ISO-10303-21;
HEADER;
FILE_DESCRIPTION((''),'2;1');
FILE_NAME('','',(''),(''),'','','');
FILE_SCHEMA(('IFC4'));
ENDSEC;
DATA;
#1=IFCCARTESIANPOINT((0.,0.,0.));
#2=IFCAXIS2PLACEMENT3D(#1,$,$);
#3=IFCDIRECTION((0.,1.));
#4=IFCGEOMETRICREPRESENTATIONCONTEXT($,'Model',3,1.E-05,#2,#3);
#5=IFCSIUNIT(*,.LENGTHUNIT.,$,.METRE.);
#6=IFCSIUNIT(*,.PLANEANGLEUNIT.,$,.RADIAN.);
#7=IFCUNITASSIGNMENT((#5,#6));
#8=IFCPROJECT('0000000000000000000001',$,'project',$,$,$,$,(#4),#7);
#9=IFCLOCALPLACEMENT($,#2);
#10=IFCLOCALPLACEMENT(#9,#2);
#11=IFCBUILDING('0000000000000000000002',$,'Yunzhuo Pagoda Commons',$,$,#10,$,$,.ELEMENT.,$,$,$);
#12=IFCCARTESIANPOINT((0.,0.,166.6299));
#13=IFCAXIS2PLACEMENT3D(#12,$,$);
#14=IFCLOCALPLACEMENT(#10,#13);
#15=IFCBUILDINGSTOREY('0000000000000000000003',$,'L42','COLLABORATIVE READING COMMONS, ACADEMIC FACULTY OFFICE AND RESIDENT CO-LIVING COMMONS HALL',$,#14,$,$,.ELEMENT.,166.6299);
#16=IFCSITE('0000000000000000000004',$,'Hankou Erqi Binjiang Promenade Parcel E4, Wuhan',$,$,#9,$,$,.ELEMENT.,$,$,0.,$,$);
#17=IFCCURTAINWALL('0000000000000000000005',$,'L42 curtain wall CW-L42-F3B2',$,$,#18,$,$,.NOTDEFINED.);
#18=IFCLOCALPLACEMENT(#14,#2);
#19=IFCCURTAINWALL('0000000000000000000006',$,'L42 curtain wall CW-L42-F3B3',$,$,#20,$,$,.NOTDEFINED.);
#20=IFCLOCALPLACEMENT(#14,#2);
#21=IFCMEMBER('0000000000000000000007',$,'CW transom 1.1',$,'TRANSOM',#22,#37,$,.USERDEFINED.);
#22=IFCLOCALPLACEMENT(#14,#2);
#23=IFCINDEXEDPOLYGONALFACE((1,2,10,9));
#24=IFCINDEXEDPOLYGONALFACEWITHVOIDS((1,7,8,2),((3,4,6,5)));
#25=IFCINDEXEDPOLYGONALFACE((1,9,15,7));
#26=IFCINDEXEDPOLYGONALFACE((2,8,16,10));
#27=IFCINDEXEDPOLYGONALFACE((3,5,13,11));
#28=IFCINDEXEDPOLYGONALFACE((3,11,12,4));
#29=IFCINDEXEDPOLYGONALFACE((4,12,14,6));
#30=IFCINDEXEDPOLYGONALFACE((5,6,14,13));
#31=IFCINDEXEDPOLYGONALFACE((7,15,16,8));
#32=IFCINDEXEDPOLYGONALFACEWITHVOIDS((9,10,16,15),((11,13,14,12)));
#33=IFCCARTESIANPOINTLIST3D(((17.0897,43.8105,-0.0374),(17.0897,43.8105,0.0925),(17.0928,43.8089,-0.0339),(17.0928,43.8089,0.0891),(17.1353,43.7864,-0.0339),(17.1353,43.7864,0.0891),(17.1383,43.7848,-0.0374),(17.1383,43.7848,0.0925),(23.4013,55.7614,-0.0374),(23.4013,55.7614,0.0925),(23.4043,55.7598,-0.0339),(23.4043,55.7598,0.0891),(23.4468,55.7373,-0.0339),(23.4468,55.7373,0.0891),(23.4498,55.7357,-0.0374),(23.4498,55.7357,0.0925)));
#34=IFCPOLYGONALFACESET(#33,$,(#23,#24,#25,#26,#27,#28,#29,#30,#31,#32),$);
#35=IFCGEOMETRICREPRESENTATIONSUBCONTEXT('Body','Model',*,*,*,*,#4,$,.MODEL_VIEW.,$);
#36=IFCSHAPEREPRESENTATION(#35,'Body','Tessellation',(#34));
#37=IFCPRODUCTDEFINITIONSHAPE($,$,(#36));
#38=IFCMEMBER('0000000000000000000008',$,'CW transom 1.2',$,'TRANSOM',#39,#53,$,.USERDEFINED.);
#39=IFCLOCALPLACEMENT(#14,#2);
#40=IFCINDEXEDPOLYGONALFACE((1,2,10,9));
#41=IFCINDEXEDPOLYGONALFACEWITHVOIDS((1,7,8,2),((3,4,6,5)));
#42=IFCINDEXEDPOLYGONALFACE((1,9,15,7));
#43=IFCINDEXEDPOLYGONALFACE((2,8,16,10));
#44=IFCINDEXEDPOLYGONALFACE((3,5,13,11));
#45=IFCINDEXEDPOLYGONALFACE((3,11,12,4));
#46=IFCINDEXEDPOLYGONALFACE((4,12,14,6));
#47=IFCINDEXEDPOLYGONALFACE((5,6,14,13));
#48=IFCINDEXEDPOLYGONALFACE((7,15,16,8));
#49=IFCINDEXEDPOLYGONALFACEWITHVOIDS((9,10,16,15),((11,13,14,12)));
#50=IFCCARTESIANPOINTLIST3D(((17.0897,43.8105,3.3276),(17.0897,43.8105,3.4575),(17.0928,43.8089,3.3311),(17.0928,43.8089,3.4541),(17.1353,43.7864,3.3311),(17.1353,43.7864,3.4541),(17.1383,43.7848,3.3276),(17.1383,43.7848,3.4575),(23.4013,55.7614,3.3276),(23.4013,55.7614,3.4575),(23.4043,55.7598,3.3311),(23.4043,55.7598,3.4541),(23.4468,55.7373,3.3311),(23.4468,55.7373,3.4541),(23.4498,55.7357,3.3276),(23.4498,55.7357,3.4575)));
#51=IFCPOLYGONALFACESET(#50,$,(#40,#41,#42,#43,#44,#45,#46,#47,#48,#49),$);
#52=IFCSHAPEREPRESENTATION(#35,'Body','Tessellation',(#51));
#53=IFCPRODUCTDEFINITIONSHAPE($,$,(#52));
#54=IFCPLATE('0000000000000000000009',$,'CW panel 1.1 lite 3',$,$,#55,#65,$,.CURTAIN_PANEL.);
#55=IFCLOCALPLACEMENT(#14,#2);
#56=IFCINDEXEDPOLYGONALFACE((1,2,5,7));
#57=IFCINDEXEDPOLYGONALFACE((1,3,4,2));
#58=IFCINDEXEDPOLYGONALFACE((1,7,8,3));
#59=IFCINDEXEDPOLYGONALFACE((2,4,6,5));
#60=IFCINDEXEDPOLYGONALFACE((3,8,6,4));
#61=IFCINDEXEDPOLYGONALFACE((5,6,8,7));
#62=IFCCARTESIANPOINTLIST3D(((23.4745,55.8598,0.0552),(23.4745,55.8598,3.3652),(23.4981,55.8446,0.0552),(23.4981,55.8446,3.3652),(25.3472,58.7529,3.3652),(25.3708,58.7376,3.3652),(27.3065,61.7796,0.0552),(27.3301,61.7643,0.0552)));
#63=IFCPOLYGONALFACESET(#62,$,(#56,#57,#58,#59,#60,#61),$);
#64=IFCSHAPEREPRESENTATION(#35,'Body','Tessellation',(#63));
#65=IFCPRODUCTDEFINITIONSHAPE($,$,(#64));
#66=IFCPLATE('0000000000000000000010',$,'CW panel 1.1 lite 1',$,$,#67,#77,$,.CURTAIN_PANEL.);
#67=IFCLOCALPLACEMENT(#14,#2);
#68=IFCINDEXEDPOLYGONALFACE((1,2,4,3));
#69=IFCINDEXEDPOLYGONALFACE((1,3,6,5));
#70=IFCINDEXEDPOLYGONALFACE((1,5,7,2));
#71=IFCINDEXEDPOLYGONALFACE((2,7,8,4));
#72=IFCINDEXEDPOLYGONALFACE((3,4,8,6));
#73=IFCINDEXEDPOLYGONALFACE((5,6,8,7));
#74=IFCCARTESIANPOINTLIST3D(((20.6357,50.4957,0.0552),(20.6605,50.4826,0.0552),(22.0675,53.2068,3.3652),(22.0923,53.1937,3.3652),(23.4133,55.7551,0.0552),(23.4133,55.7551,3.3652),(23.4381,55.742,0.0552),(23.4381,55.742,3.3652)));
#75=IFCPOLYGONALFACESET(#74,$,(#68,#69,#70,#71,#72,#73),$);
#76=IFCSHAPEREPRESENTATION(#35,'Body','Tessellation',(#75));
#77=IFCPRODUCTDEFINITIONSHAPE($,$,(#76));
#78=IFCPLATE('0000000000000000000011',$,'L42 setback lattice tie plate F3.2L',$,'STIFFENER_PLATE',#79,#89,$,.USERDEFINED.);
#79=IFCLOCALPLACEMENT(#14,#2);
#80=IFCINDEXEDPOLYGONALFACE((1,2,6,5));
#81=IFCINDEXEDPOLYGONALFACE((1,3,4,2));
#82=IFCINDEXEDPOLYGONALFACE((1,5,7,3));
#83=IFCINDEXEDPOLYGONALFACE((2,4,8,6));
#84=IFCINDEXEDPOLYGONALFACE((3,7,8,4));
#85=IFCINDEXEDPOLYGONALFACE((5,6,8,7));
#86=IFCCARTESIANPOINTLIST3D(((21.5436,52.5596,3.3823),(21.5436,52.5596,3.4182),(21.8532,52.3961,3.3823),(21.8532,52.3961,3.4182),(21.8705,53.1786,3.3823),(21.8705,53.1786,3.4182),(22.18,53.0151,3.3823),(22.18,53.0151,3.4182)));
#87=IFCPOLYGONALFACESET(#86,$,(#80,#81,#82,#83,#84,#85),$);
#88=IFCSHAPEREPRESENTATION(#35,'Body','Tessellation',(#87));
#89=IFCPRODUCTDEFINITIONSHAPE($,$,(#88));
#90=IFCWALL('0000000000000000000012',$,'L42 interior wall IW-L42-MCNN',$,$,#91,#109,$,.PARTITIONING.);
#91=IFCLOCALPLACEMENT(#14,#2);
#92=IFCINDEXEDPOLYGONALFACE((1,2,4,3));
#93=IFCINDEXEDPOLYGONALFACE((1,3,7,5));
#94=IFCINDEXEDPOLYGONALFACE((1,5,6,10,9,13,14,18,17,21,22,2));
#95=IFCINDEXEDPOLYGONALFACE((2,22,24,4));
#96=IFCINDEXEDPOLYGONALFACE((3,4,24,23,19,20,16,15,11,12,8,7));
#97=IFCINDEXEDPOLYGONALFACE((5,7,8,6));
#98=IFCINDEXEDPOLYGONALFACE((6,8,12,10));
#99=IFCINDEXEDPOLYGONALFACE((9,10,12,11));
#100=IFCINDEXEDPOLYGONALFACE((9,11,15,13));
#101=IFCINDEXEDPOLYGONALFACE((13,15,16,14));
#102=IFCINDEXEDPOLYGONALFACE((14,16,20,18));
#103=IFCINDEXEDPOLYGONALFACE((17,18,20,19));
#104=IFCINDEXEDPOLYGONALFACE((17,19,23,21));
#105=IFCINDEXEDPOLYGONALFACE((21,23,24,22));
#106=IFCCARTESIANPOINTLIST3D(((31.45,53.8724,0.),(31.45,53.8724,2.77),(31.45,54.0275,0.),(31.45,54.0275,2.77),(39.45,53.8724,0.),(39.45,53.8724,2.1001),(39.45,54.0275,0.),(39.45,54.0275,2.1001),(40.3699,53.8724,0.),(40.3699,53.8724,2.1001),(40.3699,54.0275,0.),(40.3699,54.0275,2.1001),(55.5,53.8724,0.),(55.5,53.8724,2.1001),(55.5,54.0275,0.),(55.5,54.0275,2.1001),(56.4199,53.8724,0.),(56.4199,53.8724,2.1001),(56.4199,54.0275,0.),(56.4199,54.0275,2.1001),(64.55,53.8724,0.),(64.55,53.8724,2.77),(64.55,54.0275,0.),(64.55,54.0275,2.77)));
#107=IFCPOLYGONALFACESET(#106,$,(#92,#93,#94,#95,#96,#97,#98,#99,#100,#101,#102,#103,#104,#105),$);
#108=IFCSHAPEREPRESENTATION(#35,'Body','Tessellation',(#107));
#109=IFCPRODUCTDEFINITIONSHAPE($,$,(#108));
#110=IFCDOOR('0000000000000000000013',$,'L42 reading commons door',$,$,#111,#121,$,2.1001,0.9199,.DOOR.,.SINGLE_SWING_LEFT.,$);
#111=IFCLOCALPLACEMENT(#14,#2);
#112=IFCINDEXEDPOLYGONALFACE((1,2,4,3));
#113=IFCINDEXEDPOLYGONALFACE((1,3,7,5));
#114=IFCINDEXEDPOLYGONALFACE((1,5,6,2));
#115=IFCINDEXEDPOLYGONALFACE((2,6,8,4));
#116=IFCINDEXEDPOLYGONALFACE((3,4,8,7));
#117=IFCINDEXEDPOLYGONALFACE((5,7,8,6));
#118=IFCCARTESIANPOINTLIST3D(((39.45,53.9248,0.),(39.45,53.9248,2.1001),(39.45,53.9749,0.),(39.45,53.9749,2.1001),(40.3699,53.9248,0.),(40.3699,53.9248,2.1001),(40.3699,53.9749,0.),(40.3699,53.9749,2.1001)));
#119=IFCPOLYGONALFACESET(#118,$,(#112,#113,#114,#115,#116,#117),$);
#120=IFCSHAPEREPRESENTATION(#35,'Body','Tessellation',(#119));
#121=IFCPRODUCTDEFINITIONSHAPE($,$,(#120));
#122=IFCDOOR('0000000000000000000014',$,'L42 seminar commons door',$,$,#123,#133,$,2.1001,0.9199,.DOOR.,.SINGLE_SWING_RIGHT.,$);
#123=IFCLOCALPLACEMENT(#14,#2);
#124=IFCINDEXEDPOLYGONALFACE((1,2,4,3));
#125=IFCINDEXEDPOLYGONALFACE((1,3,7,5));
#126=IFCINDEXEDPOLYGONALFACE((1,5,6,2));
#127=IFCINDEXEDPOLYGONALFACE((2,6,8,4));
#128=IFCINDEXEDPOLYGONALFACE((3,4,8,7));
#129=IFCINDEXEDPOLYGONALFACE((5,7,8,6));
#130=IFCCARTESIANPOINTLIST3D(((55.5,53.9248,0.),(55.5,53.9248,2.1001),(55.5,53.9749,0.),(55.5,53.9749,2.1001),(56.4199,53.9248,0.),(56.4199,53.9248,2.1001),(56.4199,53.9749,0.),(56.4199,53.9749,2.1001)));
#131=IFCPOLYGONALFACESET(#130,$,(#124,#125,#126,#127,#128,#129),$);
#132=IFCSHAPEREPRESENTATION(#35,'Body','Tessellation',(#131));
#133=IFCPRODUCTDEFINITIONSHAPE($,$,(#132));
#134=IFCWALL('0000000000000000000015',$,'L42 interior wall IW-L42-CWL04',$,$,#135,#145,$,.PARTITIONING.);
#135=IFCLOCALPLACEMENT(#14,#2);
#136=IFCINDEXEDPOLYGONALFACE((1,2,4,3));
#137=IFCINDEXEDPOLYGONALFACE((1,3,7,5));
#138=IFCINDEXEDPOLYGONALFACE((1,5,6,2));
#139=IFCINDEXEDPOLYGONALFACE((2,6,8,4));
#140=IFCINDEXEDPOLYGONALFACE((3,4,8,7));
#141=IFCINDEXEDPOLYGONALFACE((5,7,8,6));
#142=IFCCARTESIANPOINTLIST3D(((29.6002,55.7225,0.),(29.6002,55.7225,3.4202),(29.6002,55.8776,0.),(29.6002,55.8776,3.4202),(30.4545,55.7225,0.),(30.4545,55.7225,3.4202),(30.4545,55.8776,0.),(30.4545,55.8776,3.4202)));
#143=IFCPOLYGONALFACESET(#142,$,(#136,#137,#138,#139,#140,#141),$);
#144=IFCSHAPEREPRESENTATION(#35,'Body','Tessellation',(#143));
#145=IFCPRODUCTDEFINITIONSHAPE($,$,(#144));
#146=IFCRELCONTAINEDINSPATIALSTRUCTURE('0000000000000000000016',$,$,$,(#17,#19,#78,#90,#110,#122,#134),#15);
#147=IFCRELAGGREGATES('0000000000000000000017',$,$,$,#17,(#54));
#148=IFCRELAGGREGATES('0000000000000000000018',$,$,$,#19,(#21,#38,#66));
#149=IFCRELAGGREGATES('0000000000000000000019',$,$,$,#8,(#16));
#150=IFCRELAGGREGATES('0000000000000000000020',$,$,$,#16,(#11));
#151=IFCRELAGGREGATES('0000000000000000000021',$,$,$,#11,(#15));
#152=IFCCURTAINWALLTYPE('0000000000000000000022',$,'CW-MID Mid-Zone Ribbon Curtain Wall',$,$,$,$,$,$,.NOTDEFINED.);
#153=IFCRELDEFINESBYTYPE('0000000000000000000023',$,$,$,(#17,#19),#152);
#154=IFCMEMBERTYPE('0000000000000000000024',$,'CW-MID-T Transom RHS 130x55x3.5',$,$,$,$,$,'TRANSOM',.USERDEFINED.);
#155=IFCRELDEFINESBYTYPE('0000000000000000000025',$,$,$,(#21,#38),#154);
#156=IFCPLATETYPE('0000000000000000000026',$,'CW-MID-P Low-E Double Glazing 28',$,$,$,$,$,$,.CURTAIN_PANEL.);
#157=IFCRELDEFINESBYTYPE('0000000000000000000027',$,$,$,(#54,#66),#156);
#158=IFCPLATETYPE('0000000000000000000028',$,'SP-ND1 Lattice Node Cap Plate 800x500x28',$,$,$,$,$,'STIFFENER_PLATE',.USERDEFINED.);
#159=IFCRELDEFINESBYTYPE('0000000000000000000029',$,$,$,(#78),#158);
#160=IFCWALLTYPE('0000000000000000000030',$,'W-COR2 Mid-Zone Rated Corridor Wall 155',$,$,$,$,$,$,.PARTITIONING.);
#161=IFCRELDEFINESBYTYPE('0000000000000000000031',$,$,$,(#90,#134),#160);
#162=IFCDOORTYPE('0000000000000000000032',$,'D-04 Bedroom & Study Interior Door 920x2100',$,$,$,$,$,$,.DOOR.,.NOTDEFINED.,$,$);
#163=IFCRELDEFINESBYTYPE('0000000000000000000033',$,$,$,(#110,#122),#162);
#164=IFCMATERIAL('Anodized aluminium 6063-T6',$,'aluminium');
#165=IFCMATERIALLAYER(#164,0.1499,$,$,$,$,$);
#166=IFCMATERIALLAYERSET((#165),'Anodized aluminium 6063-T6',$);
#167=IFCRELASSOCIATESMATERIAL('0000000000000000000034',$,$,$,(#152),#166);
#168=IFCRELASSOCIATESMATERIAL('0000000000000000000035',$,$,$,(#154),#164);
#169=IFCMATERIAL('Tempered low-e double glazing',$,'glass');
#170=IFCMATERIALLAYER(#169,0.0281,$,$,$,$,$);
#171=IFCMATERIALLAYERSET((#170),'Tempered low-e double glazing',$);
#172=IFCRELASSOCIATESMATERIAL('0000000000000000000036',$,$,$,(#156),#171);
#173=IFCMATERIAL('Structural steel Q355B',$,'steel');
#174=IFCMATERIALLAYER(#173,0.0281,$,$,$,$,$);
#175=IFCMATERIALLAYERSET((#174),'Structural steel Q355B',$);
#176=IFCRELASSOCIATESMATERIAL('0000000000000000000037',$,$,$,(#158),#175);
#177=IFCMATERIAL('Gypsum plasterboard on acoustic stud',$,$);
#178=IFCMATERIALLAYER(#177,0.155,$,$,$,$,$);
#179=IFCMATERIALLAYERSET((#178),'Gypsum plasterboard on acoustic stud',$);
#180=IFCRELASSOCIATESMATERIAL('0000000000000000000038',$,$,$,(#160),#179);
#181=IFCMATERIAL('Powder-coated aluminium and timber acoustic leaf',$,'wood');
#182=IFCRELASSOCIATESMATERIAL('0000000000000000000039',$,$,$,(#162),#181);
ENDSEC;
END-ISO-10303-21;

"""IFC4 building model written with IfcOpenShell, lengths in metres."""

from ifc_helpers import new_model, si_unit, direction, frame, frame_2d, origin, origin_with_axes, origin_2d, place, context, subcontext, project, spatial, polyline, rectangle, hollow_rectangle, outline, extrude, source, transform, mapped, material, layer, layer_set, material_profile, profile_set, type_object, element, fill, aggregate, save


model = new_model("IFC4")

# Units and contexts
model_context = context("Model", 3, precision=1e-05, world=origin(), true_north=direction((0.0, 1.0)))
body_context = subcontext(model_context, "Body", "Model", "MODEL_VIEW")
ifc_project = project(units=[si_unit("LENGTHUNIT", "METRE"), si_unit("PLANEANGLEUNIT", "RADIAN")], contexts=[model_context])

# Site, building, storey
site_placement = place(None, origin())
site = spatial("IfcSite", under=ifc_project, at=site_placement, Name="Hankou Erqi Binjiang Promenade Parcel E4, Wuhan", CompositionType="ELEMENT", RefElevation=0.0)
building_placement = place(site_placement, origin())
building = spatial("IfcBuilding", under=site, at=building_placement, Name="Yunzhuo Pagoda Commons", CompositionType="ELEMENT")
storey_placement = place(building_placement, frame((0.0, 0.0, 166.6299)))
storey = spatial("IfcBuildingStorey", under=building, at=storey_placement, Name="L42", Description="COLLABORATIVE READING COMMONS, ACADEMIC FACULTY OFFICE AND RESIDENT CO-LIVING COMMONS HALL", CompositionType="ELEMENT", Elevation=166.6299)

# Shared definitions
ifc_material_1 = material(Name="Structural steel Q355B", Category="steel")

# Curtain wall
ifc_material_2 = material(Name="Anodized aluminium 6063-T6", Category="aluminium")
ifc_layer_1 = layer(ifc_material_2, 0.1499)
ifc_layer_set_1 = layer_set([ifc_layer_1], Name="Anodized aluminium 6063-T6")
curtain_wall_type = type_object("IfcCurtainWallType", Name="CW-MID Mid-Zone Ribbon Curtain Wall", PredefinedType="NOTDEFINED", material=ifc_layer_set_1)
curtain_wall_1_placement = place(storey_placement, origin())
curtain_wall_1 = element("IfcCurtainWall", 1, at=curtain_wall_1_placement, inside=storey, type_object=curtain_wall_type, Name="L42 curtain wall CW-L42-F3B2", PredefinedType="NOTDEFINED")

# Curtain wall, members
curtain_wall_2_placement = place(storey_placement, origin())
curtain_wall_2 = element("IfcCurtainWall", 2, at=curtain_wall_2_placement, inside=storey, type_object=curtain_wall_type, Name="L42 curtain wall CW-L42-F3B3", PredefinedType="NOTDEFINED")
ifc_material_profile_1 = material_profile(ifc_material_2, hollow_rectangle(XDim=0.0549, YDim=0.1299, WallThickness=0.0034, at=origin_2d()), Name="Anodized aluminium 6063-T6")
ifc_profile_set_1 = profile_set([ifc_material_profile_1], Name="Anodized aluminium 6063-T6")
member_type_1 = type_object("IfcMemberType", Name="CW-MID-T Transom RHS 130x55x3.5", ElementType="TRANSOM", PredefinedType="USERDEFINED", material=ifc_profile_set_1)
shared_shape_1 = source(origin(), body_context, "Body", "SweptSolid", [
    extrude(hollow_rectangle(XDim=0.0549, YDim=0.1299, WallThickness=0.0034, at=origin_2d()), origin(), (0.0, 0.0, 1.0), 13.5151),
])
member_1_placement = place(storey_placement, frame((23.4255, 55.7485, 0.0276), z_axis=(-0.466995, -0.88426, 0.0), x_axis=(0.88426, -0.466995, 0.0)))
member_1 = element("IfcMember", 3, at=member_1_placement, type_object=member_type_1, Name="CW transom 1.1", ObjectType="TRANSOM", PredefinedType="USERDEFINED", context=body_context, shape_type="MappedRepresentation", body=[
    mapped(shared_shape_1, transform((0.0, 0.0, 0.0), scale=1.0)),
])
member_2_placement = place(storey_placement, frame((23.4255, 55.7485, 3.3926), z_axis=(-0.466995, -0.88426, 0.0), x_axis=(0.88426, -0.466995, 0.0)))
member_2 = element("IfcMember", 4, at=member_2_placement, type_object=member_type_1, Name="CW transom 1.2", ObjectType="TRANSOM", PredefinedType="USERDEFINED", context=body_context, shape_type="MappedRepresentation", body=[
    mapped(shared_shape_1, transform((0.0, 0.0, 0.0), scale=1.0)),
])

# Plates
ifc_material_3 = material(Name="Tempered low-e double glazing", Category="glass")
ifc_layer_2 = layer(ifc_material_3, 0.0281)
ifc_layer_set_2 = layer_set([ifc_layer_2], Name="Tempered low-e double glazing")
plate_type_1 = type_object("IfcPlateType", Name="CW-MID-P Low-E Double Glazing 28", PredefinedType="CURTAIN_PANEL", material=ifc_layer_set_2)
plate_1_placement = place(storey_placement, frame((25.4141, 58.8044, 1.7102), z_axis=(-0.839466, 0.543412, 0.0), x_axis=(-0.543412, -0.839466, 0.0)))
plate_1 = element("IfcPlate", 5, at=plate_1_placement, type_object=plate_type_1, Name="CW panel 1.1 lite 3", PredefinedType="CURTAIN_PANEL", context=body_context, shape_type="SweptSolid", body=[
    extrude(outline(polyline([(-3.5259, -1.655), (3.5259, -1.655), (3.5259, 1.655), (0.0796, 1.655), (-3.5259, -1.655)])), origin(), (0.0, 0.0, 1.0), 0.0281),
])
aggregate(curtain_wall_1, [plate_1])
plate_2_placement = place(storey_placement, frame((22.0493, 53.1123, 1.7102), z_axis=(-0.884263, 0.46699, 0.0), x_axis=(-0.46699, -0.884263, 0.0)))
plate_2 = element("IfcPlate", 6, at=plate_2_placement, type_object=plate_type_1, Name="CW panel 1.1 lite 1", PredefinedType="CURTAIN_PANEL", context=body_context, shape_type="SweptSolid", body=[
    extrude(outline(polyline([(-2.9739, -1.655), (2.9739, -1.655), (-0.092, 1.655), (-2.9739, 1.655), (-2.9739, -1.655)])), origin(), (0.0, 0.0, 1.0), 0.0281),
])
aggregate(curtain_wall_2, [member_1, member_2, plate_2])
ifc_layer_3 = layer(ifc_material_1, 0.0281)
ifc_layer_set_3 = layer_set([ifc_layer_3], Name="Structural steel Q355B")
plate_type_2 = type_object("IfcPlateType", Name="SP-ND1 Lattice Node Cap Plate 800x500x28", ElementType="STIFFENER_PLATE", PredefinedType="USERDEFINED", material=ifc_layer_set_3)
shared_shape_2 = source(origin(), body_context, "Body", "SweptSolid", [
    extrude(rectangle(XDim=0.7, YDim=0.3501, at=origin_2d()), origin(), (0.0, 0.0, 1.0), 0.0359),
])
plate_3_placement = place(storey_placement, frame((21.8618, 52.7874, 3.3823), z_axis=(0.0, 0.0, 1.0), x_axis=(-0.466989, -0.884263, 0.0)))
element("IfcPlate", 7, at=plate_3_placement, inside=storey, type_object=plate_type_2, Name="L42 setback lattice tie plate F3.2L", ObjectType="STIFFENER_PLATE", PredefinedType="USERDEFINED", context=body_context, shape_type="MappedRepresentation", body=[
    mapped(shared_shape_2, transform((0.0, 0.0, 0.0), scale=1.0)),
])

# Wall, openings, doors
ifc_material_4 = material(Name="Gypsum plasterboard on acoustic stud")
ifc_layer_4 = layer(ifc_material_4, 0.155)
ifc_layer_set_4 = layer_set([ifc_layer_4], Name="Gypsum plasterboard on acoustic stud")
wall_type_1 = type_object("IfcWallType", Name="W-COR2 Mid-Zone Rated Corridor Wall 155", PredefinedType="PARTITIONING", material=ifc_layer_set_4)
wall_1_placement = place(storey_placement, frame((31.45, 53.95, 0.0), z_axis=(0.0, 0.0, 1.0), x_axis=(1.0, 0.0, 0.0)))
wall_1 = element("IfcWall", 8, at=wall_1_placement, inside=storey, type_object=wall_type_1, Name="L42 interior wall IW-L42-MCNN", PredefinedType="PARTITIONING", context=body_context, shape_type="SweptSolid", body=[
    extrude(rectangle(XDim=33.1001, YDim=0.155, at=frame_2d((16.55, 0.0))), origin(), (0.0, 0.0, 1.0), 2.77),
])
opening_1_placement = place(wall_1_placement, frame((8.0, 0.0, 0.0)))
opening_1 = element("IfcOpeningElement", 9, at=opening_1_placement, cuts=wall_1, PredefinedType="OPENING", context=body_context, shape_type="SweptSolid", body=[
    extrude(rectangle(XDim=0.9199, YDim=2.1001, at=frame_2d((0.46, 1.05))), frame((0.0, 0.0874, 0.0), z_axis=(0.0, -1.0, 0.0), x_axis=(1.0, 0.0, 0.0)), (0.0, 0.0, 1.0), 0.175),
])
opening_2_placement = place(wall_1_placement, frame((24.05, 0.0, 0.0)))
opening_2 = element("IfcOpeningElement", 10, at=opening_2_placement, cuts=wall_1, PredefinedType="OPENING", context=body_context, shape_type="SweptSolid", body=[
    extrude(rectangle(XDim=0.9199, YDim=2.1001, at=frame_2d((0.46, 1.05))), frame((0.0, 0.0874, 0.0), z_axis=(0.0, -1.0, 0.0), x_axis=(1.0, 0.0, 0.0)), (0.0, 0.0, 1.0), 0.175),
])
ifc_material_5 = material(Name="Powder-coated aluminium and timber acoustic leaf", Category="wood")
door_type_1 = type_object("IfcDoorType", Name="D-04 Bedroom & Study Interior Door 920x2100", OperationType="NOTDEFINED", PredefinedType="DOOR", material=ifc_material_5)
shared_shape_3 = source(origin(), body_context, "Body", "SweptSolid", [
    extrude(rectangle(XDim=0.9199, YDim=2.1001, at=frame_2d((0.46, 1.05))), frame((0.0, 0.0249, 0.0), z_axis=(0.0, -1.0, 0.0), x_axis=(1.0, 0.0, 0.0)), (0.0, 0.0, 1.0), 0.05),
])
door_1_placement = place(opening_1_placement, origin_with_axes())
door_1 = element("IfcDoor", 11, at=door_1_placement, inside=storey, type_object=door_type_1, Name="L42 reading commons door", OperationType="SINGLE_SWING_LEFT", OverallHeight=2.1001, OverallWidth=0.9199, PredefinedType="DOOR", context=body_context, shape_type="MappedRepresentation", body=[
    mapped(shared_shape_3, transform((0.0, 0.0, 0.0), scale=1.0)),
])
fill(opening_1, door_1)
door_2_placement = place(opening_2_placement, origin_with_axes())
door_2 = element("IfcDoor", 12, at=door_2_placement, inside=storey, type_object=door_type_1, Name="L42 seminar commons door", OperationType="SINGLE_SWING_RIGHT", OverallHeight=2.1001, OverallWidth=0.9199, PredefinedType="DOOR", context=body_context, shape_type="MappedRepresentation", body=[
    mapped(shared_shape_3, transform((0.0, 0.0, 0.0), scale=1.0)),
])
fill(opening_2, door_2)

# Wall
wall_2_placement = place(storey_placement, frame((29.6001, 55.8, 0.0), z_axis=(0.0, 0.0, 1.0), x_axis=(1.0, 0.0, 0.0)))
element("IfcWall", 13, at=wall_2_placement, inside=storey, type_object=wall_type_1, Name="L42 interior wall IW-L42-CWL04", PredefinedType="PARTITIONING", context=body_context, shape_type="SweptSolid", body=[
    extrude(rectangle(XDim=0.8542, YDim=0.155, at=frame_2d((0.4272, 0.0))), origin(), (0.0, 0.0, 1.0), 3.4202),
])

save(model, "model.ifc")
